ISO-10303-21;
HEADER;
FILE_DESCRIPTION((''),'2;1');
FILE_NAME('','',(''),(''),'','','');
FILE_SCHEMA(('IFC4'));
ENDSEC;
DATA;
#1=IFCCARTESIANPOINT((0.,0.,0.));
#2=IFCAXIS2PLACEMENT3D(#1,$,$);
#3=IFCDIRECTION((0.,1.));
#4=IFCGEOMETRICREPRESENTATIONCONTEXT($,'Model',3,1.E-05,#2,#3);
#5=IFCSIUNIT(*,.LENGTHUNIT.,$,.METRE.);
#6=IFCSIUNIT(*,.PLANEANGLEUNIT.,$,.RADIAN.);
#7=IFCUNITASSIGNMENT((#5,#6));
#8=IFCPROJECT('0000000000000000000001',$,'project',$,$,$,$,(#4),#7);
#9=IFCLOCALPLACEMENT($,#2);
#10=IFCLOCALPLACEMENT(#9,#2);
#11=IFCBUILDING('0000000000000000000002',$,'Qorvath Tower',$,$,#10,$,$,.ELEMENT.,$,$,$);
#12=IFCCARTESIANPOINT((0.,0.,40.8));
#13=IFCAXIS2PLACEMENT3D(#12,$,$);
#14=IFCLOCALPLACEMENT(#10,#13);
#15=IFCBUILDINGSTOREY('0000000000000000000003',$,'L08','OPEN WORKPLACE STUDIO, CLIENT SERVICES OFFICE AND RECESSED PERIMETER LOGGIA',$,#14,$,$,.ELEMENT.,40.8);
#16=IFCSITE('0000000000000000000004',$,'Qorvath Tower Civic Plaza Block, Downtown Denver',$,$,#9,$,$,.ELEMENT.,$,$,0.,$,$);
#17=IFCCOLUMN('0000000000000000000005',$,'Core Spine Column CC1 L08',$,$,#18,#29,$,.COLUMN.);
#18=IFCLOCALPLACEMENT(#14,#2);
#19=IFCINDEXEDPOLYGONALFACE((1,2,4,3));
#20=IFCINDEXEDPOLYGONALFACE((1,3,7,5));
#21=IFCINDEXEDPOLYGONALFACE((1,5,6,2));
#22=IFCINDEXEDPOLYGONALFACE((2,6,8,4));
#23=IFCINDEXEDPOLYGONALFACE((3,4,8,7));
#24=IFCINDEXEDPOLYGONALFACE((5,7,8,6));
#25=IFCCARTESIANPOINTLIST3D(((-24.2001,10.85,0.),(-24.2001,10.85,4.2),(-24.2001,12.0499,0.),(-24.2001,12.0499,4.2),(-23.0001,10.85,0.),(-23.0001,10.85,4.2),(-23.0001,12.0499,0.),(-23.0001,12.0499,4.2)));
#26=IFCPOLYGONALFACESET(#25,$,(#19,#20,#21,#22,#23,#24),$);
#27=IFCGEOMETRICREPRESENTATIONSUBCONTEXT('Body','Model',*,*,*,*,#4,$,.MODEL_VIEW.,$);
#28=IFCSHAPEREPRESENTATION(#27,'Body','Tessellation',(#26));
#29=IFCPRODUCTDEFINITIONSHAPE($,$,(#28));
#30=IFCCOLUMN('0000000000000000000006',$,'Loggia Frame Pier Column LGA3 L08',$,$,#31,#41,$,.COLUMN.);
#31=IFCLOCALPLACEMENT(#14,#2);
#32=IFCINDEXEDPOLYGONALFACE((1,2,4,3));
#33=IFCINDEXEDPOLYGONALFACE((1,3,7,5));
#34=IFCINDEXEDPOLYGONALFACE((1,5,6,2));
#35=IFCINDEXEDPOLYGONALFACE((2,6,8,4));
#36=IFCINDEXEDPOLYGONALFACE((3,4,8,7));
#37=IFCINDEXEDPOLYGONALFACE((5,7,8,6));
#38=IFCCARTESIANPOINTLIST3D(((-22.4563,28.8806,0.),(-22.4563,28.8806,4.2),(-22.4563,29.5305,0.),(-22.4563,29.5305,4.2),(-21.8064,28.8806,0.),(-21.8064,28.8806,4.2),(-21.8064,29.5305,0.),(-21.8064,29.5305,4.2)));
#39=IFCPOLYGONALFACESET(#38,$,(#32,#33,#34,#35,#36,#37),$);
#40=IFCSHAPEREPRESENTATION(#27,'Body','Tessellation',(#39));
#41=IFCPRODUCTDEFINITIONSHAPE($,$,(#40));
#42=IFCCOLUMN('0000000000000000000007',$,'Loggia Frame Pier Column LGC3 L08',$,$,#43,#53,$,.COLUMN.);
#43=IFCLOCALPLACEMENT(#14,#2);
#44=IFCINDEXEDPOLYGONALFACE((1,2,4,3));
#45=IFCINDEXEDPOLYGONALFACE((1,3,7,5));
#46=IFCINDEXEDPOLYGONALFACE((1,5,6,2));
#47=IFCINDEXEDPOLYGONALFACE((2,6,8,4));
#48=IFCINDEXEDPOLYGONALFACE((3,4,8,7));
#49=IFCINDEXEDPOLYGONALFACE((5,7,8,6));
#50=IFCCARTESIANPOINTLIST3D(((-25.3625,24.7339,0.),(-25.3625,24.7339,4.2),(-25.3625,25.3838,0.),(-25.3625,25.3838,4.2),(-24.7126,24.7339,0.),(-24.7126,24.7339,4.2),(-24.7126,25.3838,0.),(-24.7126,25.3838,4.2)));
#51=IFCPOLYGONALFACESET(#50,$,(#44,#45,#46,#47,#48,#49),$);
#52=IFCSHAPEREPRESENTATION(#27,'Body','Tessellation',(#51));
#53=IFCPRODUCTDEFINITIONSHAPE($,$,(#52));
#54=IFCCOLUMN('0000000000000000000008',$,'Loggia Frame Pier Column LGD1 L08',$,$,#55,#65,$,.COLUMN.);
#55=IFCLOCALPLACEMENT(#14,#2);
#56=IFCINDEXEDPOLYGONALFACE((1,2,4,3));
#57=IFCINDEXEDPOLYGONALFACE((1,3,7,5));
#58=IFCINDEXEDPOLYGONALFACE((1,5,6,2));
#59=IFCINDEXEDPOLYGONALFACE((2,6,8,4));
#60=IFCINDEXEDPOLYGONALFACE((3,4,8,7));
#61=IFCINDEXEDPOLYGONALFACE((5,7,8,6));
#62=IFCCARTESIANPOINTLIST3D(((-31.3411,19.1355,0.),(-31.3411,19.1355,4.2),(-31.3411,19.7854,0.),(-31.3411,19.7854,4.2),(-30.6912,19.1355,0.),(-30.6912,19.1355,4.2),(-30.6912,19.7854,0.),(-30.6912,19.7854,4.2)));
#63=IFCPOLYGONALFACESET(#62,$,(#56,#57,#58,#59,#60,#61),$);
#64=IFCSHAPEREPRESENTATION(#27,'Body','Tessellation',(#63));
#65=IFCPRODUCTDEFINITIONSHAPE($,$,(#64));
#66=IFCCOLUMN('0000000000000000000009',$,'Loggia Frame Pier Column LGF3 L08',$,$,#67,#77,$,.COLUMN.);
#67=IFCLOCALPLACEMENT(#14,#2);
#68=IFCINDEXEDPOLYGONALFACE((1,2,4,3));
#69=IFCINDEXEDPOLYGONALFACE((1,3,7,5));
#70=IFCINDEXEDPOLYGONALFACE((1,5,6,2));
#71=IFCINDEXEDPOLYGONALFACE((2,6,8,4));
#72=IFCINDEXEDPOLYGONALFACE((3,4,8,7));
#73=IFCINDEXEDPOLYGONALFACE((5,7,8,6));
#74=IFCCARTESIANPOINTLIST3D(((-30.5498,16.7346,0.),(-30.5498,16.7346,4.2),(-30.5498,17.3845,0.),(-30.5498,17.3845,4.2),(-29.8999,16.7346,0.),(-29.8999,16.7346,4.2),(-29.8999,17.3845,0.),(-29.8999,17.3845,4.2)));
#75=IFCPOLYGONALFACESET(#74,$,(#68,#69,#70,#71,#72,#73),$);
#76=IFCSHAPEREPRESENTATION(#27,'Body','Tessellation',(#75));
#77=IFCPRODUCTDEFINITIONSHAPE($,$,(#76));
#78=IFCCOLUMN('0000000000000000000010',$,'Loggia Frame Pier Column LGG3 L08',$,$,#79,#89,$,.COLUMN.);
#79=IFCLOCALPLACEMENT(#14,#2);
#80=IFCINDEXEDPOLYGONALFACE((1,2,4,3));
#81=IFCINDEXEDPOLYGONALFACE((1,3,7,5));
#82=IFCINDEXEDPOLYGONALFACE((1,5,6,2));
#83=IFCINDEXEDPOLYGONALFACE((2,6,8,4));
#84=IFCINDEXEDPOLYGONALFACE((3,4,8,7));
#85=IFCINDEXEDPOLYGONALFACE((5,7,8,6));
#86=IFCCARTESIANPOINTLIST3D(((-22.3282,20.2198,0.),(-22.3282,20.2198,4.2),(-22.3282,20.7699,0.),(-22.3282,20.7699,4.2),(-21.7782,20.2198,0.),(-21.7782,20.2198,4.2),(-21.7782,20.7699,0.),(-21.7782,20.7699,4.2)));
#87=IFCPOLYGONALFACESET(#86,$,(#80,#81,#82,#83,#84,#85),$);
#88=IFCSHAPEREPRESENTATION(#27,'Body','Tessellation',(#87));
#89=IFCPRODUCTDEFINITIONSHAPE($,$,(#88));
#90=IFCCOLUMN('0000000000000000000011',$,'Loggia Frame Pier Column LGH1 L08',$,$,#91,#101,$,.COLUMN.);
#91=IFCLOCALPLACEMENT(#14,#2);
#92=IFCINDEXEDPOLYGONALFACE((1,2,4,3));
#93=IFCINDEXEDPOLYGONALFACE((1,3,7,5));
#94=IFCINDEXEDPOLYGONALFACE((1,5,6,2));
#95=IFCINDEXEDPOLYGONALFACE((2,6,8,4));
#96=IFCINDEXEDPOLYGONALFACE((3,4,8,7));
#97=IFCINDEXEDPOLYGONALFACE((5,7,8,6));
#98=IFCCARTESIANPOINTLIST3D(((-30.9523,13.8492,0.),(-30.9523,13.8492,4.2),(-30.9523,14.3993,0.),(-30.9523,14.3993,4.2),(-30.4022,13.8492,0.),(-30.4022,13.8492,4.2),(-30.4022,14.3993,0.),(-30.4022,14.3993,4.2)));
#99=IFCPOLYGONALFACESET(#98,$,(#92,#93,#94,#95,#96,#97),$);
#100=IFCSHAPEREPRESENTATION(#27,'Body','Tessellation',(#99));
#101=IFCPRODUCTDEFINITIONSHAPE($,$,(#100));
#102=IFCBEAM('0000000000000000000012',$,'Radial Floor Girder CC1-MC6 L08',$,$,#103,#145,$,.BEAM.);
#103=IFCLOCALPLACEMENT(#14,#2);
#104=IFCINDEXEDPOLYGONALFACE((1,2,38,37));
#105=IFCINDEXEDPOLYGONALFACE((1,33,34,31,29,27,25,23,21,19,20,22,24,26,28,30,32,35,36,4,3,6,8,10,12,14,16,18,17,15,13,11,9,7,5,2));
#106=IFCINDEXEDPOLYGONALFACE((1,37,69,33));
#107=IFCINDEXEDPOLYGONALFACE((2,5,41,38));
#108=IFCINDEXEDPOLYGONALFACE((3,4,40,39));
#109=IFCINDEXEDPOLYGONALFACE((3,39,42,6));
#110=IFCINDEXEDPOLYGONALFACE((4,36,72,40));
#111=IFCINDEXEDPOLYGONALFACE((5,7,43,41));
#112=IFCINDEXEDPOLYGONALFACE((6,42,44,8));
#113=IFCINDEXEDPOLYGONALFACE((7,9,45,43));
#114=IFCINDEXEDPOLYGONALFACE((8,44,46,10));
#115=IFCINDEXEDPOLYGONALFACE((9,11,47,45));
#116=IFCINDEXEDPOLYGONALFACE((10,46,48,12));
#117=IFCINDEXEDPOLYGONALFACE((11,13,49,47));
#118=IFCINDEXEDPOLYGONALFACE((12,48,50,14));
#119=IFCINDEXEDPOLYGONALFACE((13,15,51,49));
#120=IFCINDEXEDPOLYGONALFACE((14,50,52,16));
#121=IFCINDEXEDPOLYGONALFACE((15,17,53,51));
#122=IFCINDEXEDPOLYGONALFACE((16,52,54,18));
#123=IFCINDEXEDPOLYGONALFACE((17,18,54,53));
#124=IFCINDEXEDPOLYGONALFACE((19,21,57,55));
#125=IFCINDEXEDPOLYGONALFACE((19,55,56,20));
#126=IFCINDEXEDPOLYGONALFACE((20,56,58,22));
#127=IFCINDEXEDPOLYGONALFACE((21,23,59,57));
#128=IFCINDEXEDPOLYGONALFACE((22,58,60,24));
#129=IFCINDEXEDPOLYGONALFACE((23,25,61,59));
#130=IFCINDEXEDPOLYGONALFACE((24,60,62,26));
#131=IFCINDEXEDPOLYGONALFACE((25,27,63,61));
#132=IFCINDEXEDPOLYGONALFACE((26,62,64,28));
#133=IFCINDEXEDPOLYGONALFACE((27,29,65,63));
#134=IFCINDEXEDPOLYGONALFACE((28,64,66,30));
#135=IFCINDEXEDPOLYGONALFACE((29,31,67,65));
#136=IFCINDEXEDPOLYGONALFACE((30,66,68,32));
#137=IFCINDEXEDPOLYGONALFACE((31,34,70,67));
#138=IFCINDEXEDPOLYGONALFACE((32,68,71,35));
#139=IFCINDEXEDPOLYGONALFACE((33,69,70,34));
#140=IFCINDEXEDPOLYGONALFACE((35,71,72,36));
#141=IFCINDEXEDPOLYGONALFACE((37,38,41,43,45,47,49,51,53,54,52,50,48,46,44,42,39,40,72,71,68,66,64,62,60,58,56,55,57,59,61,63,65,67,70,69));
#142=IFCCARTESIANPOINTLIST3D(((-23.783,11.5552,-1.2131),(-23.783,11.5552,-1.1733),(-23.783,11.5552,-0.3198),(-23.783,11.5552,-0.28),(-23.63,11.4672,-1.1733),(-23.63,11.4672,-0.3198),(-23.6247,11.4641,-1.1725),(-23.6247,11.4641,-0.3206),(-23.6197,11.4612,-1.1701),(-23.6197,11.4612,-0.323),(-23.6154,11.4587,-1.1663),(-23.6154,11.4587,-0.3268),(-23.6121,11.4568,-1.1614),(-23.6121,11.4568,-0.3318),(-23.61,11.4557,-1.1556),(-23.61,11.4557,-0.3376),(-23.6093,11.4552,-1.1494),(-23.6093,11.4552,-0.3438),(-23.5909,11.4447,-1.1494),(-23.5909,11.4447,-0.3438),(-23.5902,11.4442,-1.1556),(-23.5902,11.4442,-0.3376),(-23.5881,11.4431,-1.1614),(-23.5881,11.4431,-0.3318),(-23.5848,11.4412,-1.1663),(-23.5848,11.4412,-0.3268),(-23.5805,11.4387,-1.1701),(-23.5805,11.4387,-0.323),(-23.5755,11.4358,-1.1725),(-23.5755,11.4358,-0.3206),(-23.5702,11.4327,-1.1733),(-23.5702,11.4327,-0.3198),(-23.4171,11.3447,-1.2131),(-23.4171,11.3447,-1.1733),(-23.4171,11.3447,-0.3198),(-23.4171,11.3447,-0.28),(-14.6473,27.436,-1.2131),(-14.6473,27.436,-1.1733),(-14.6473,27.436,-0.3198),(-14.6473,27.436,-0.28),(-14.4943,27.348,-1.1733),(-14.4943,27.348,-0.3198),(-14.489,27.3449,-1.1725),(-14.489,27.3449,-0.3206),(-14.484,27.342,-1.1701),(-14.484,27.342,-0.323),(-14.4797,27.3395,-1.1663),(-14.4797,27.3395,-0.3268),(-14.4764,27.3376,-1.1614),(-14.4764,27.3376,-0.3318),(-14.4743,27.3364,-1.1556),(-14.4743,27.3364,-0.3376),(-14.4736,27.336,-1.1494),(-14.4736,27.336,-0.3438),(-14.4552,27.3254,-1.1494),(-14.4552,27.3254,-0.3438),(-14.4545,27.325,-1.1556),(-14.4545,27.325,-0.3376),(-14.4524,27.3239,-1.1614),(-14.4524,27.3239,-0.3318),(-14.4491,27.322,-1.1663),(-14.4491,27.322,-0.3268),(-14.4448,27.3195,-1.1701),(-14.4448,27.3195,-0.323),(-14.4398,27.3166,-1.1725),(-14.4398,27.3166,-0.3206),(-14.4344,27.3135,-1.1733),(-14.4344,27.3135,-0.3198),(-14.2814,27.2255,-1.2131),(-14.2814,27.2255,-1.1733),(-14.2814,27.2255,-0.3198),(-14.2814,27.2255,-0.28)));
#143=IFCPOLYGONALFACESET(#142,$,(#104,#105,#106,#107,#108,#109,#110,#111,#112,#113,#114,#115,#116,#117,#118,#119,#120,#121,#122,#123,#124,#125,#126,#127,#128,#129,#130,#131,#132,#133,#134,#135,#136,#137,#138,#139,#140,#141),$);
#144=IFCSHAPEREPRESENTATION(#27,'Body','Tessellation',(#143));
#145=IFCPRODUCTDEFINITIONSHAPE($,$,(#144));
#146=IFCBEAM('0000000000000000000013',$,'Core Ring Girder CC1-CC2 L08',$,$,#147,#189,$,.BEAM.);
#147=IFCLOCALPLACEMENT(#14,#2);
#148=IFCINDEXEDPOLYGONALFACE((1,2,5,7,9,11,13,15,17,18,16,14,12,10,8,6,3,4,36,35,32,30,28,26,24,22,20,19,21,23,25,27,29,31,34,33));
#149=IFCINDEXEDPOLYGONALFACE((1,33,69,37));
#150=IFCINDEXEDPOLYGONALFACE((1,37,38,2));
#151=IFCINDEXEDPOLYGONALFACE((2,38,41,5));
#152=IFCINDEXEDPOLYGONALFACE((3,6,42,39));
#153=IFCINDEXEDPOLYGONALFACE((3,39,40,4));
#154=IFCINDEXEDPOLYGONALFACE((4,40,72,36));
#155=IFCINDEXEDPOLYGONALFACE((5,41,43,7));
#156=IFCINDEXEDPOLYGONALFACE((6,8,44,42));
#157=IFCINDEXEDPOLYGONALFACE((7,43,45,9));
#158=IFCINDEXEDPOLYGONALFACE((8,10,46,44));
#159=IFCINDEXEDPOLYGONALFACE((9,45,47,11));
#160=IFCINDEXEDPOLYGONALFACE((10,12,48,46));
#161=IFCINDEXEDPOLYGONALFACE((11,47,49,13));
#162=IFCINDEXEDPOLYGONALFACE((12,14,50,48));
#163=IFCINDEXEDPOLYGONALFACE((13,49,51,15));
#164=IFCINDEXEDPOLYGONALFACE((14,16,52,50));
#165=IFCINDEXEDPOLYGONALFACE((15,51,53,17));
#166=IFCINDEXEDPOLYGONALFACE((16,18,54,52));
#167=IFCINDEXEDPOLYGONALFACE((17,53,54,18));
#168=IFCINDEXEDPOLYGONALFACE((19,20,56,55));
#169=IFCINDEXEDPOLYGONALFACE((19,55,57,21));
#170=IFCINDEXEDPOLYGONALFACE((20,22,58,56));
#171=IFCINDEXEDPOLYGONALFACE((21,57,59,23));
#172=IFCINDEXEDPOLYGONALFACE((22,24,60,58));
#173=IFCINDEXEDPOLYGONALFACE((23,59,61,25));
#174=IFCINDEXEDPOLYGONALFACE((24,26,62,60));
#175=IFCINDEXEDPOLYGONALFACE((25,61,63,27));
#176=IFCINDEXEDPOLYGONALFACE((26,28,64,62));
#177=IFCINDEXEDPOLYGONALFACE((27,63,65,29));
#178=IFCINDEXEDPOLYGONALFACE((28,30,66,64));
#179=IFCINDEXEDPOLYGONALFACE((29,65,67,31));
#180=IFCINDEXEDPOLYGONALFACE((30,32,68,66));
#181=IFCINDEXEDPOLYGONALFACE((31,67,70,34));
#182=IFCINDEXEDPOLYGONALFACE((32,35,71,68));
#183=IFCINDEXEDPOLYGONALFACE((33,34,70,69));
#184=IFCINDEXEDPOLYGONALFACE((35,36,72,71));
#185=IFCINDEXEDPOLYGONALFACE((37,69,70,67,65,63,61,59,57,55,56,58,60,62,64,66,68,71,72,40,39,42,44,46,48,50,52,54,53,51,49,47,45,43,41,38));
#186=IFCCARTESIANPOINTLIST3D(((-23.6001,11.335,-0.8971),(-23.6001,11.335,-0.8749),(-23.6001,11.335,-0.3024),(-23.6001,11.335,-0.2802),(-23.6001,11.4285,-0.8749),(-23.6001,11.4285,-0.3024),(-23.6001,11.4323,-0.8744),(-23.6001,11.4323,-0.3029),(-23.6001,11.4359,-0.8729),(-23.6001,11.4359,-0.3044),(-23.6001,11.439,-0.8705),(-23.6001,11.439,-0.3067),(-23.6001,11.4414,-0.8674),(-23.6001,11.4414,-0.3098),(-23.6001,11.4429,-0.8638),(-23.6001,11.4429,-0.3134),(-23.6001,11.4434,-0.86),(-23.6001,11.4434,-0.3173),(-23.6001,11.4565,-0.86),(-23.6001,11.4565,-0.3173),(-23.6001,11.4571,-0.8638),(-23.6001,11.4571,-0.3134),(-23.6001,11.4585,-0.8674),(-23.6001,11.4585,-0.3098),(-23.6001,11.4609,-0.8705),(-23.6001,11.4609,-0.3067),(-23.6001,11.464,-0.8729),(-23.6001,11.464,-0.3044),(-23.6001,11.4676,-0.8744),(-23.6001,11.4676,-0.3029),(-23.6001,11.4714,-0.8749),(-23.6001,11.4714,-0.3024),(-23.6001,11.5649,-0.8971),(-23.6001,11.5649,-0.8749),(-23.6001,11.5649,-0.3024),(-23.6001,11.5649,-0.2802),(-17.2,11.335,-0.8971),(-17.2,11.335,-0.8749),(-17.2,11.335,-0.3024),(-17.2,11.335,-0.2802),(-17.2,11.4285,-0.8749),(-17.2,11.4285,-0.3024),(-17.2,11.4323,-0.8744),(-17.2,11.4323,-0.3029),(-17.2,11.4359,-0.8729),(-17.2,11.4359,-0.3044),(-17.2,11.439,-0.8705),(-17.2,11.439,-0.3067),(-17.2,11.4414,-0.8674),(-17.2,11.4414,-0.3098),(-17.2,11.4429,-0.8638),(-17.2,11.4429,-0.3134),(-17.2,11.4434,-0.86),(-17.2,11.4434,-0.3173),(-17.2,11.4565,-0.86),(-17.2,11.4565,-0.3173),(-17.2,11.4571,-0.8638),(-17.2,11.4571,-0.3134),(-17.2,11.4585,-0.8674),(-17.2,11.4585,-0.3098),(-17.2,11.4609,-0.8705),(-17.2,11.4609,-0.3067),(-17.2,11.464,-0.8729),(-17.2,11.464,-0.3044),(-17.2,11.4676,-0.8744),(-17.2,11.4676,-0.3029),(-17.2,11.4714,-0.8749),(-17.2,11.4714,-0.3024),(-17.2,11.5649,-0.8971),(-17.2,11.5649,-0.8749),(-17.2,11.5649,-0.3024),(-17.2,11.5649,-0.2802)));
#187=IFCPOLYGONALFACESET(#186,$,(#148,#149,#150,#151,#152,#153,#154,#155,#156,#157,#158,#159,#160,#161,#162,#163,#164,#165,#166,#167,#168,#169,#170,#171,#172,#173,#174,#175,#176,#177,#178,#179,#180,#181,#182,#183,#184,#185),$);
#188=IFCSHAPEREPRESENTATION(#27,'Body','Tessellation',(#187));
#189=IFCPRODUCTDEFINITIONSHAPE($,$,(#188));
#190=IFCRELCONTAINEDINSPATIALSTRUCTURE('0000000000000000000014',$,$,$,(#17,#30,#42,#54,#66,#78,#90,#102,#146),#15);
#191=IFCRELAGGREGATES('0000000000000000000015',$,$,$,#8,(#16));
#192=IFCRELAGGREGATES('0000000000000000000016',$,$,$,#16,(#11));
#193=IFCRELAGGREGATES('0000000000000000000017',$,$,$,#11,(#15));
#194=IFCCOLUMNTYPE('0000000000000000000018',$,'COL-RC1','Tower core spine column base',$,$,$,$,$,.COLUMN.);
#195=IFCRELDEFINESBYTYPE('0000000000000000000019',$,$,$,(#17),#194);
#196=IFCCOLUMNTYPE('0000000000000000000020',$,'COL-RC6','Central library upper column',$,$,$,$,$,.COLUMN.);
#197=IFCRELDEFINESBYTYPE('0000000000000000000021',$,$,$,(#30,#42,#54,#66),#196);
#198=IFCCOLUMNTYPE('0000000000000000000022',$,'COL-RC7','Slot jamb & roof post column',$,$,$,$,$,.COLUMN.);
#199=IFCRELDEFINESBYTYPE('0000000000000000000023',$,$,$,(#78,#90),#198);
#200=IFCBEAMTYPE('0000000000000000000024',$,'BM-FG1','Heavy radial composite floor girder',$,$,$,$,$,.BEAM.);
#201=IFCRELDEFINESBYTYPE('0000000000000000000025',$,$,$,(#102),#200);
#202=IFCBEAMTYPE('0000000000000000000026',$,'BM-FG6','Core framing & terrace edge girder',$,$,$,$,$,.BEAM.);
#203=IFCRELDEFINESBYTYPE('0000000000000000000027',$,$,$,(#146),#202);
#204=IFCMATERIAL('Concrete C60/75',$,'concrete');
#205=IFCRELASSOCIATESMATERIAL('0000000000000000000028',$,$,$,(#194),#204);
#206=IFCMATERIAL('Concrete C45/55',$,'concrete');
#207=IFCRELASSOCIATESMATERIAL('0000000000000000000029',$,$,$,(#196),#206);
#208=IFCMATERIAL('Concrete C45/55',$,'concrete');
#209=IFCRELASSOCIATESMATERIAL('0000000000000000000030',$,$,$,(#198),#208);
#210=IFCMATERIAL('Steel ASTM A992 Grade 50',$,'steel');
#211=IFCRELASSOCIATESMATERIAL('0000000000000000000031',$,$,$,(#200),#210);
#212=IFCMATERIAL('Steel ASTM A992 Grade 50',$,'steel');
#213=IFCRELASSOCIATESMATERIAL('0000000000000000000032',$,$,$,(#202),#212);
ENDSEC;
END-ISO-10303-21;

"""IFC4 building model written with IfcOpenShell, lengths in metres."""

from ifc_helpers import new_model, si_unit, direction, frame, origin, origin_2d, place, context, subcontext, project, spatial, rectangle, i_section, extrude, material, material_profile, profile_set, type_object, element, save


model = new_model("IFC4")

# Units and contexts
model_context = context("Model", 3, precision=1e-05, world=origin(), true_north=direction((0.0, 1.0)))
body_context = subcontext(model_context, "Body", "Model", "MODEL_VIEW")
ifc_project = project(units=[si_unit("LENGTHUNIT", "METRE"), si_unit("PLANEANGLEUNIT", "RADIAN")], contexts=[model_context])

# Site, building, storey
site_placement = place(None, origin())
site = spatial("IfcSite", under=ifc_project, at=site_placement, Name="Qorvath Tower Civic Plaza Block, Downtown Denver", CompositionType="ELEMENT", RefElevation=0.0)
building_placement = place(site_placement, origin())
building = spatial("IfcBuilding", under=site, at=building_placement, Name="Qorvath Tower", CompositionType="ELEMENT")
storey_placement = place(building_placement, frame((0.0, 0.0, 40.8)))
storey = spatial("IfcBuildingStorey", under=building, at=storey_placement, Name="L08", Description="OPEN WORKPLACE STUDIO, CLIENT SERVICES OFFICE AND RECESSED PERIMETER LOGGIA", CompositionType="ELEMENT", Elevation=40.8)

# Columns
ifc_material_1 = material(Name="Concrete C60/75", Category="concrete")
ifc_material_profile_1 = material_profile(ifc_material_1, rectangle(XDim=1.2, YDim=1.2, at=origin_2d()), Name="RC 1200x1200")
ifc_profile_set_1 = profile_set([ifc_material_profile_1], Name="Concrete C60/75")
column_type_1 = type_object("IfcColumnType", Name="COL-RC1", Description="Tower core spine column base", PredefinedType="COLUMN", material=ifc_profile_set_1)
column_placement = place(storey_placement, frame((-23.6001, 11.45, 0.0), z_axis=(0.0, 0.0, 1.0), x_axis=(1.0, 0.0, 0.0)))
element("IfcColumn", 1, at=column_placement, inside=storey, type_object=column_type_1, Name="Core Spine Column CC1 L08", PredefinedType="COLUMN", context=body_context, shape_type="SweptSolid", body=[
    extrude(rectangle(XDim=1.2, YDim=1.2, at=origin_2d()), origin(), (0.0, 0.0, 1.0), 4.2),
])
ifc_material_2 = material(Name="Concrete C45/55", Category="concrete")
ifc_material_profile_2 = material_profile(ifc_material_2, rectangle(XDim=0.6499, YDim=0.6499, at=origin_2d()), Name="RC 650x650")
ifc_profile_set_2 = profile_set([ifc_material_profile_2], Name="Concrete C45/55")
column_type_2 = type_object("IfcColumnType", Name="COL-RC6", Description="Central library upper column", PredefinedType="COLUMN", material=ifc_profile_set_2)
for number, where, z_axis, x_axis, name in (
    (2, (-22.1313, 29.2056, 0.0), (0.0, 0.0, 1.0), (1.0, 0.0, 0.0), "Loggia Frame Pier Column LGA3 L08"),
    (3, (-25.0376, 25.0588, 0.0), (0.0, 0.0, 1.0), (1.0, 0.0, 0.0), "Loggia Frame Pier Column LGC3 L08"),
    (4, (-31.0161, 19.4604, 0.0), (0.0, 0.0, 1.0), (1.0, 0.0, 0.0), "Loggia Frame Pier Column LGD1 L08"),
    (5, (-30.2249, 17.0596, 0.0), (0.0, 0.0, 1.0), (1.0, 0.0, 0.0), "Loggia Frame Pier Column LGF3 L08"),
):
    element("IfcColumn", number, at=place(storey_placement, frame(where, z_axis=z_axis, x_axis=x_axis)), inside=storey, type_object=column_type_2, Name=name, PredefinedType="COLUMN", context=body_context, shape_type="SweptSolid", body=[
        extrude(rectangle(XDim=0.6499, YDim=0.6499, at=origin_2d()), origin(), (0.0, 0.0, 1.0), 4.2),
    ])
ifc_material_3 = material(Name="Concrete C45/55", Category="concrete")
ifc_material_profile_3 = material_profile(ifc_material_3, rectangle(XDim=0.55, YDim=0.55, at=origin_2d()), Name="RC 550x550")
ifc_profile_set_3 = profile_set([ifc_material_profile_3], Name="Concrete C45/55")
column_type_3 = type_object("IfcColumnType", Name="COL-RC7", Description="Slot jamb & roof post column", PredefinedType="COLUMN", material=ifc_profile_set_3)
for number, where, z_axis, x_axis, name in (
    (6, (-22.0532, 20.4949, 0.0), (0.0, 0.0, 1.0), (1.0, 0.0, 0.0), "Loggia Frame Pier Column LGG3 L08"),
    (7, (-30.6772, 14.1243, 0.0), (0.0, 0.0, 1.0), (1.0, 0.0, 0.0), "Loggia Frame Pier Column LGH1 L08"),
):
    element("IfcColumn", number, at=place(storey_placement, frame(where, z_axis=z_axis, x_axis=x_axis)), inside=storey, type_object=column_type_3, Name=name, PredefinedType="COLUMN", context=body_context, shape_type="SweptSolid", body=[
        extrude(rectangle(XDim=0.55, YDim=0.55, at=origin_2d()), origin(), (0.0, 0.0, 1.0), 4.2),
    ])

# Beams
ifc_material_4 = material(Name="Steel ASTM A992 Grade 50", Category="steel")
ifc_material_profile_4 = material_profile(ifc_material_4, i_section(OverallWidth=0.4221, OverallDepth=0.9331, WebThickness=0.0212, FlangeThickness=0.0398, FilletRadius=0.0239, at=origin_2d()), Name="W36x262")
ifc_profile_set_4 = profile_set([ifc_material_profile_4], Name="Steel ASTM A992 Grade 50")
beam_type_1 = type_object("IfcBeamType", Name="BM-FG1", Description="Heavy radial composite floor girder", PredefinedType="BEAM", material=ifc_profile_set_4)
beam_1_placement = place(storey_placement, frame((-23.6001, 11.45, -0.7466), z_axis=(0.498645, 0.866806, 0.0), x_axis=(-0.866806, 0.498645, 0.0)))
element("IfcBeam", 8, at=beam_1_placement, inside=storey, type_object=beam_type_1, Name="Radial Floor Girder CC1-MC6 L08", PredefinedType="BEAM", context=body_context, shape_type="SweptSolid", body=[
    extrude(i_section(OverallWidth=0.4221, OverallDepth=0.9331, WebThickness=0.0212, FlangeThickness=0.0398, FilletRadius=0.0239, at=origin_2d()), origin(), (0.0, 0.0, 1.0), 18.321),
])
ifc_material_5 = material(Name="Steel ASTM A992 Grade 50", Category="steel")
ifc_material_profile_5 = material_profile(ifc_material_5, i_section(OverallWidth=0.23, OverallDepth=0.6169, WebThickness=0.0132, FlangeThickness=0.0222, FilletRadius=0.0149, at=origin_2d()), Name="W24x94")
ifc_profile_set_5 = profile_set([ifc_material_profile_5], Name="Steel ASTM A992 Grade 50")
beam_type_2 = type_object("IfcBeamType", Name="BM-FG6", Description="Core framing & terrace edge girder", PredefinedType="BEAM", material=ifc_profile_set_5)
beam_2_placement = place(storey_placement, frame((-23.6001, 11.45, -0.5886), z_axis=(1.0, 0.0, 0.0), x_axis=(0.0, 1.0, 0.0)))
element("IfcBeam", 9, at=beam_2_placement, inside=storey, type_object=beam_type_2, Name="Core Ring Girder CC1-CC2 L08", PredefinedType="BEAM", context=body_context, shape_type="SweptSolid", body=[
    extrude(i_section(OverallWidth=0.23, OverallDepth=0.6169, WebThickness=0.0132, FlangeThickness=0.0222, FilletRadius=0.0149, at=origin_2d()), origin(), (0.0, 0.0, 1.0), 6.4001),
])

save(model, "model.ifc")
